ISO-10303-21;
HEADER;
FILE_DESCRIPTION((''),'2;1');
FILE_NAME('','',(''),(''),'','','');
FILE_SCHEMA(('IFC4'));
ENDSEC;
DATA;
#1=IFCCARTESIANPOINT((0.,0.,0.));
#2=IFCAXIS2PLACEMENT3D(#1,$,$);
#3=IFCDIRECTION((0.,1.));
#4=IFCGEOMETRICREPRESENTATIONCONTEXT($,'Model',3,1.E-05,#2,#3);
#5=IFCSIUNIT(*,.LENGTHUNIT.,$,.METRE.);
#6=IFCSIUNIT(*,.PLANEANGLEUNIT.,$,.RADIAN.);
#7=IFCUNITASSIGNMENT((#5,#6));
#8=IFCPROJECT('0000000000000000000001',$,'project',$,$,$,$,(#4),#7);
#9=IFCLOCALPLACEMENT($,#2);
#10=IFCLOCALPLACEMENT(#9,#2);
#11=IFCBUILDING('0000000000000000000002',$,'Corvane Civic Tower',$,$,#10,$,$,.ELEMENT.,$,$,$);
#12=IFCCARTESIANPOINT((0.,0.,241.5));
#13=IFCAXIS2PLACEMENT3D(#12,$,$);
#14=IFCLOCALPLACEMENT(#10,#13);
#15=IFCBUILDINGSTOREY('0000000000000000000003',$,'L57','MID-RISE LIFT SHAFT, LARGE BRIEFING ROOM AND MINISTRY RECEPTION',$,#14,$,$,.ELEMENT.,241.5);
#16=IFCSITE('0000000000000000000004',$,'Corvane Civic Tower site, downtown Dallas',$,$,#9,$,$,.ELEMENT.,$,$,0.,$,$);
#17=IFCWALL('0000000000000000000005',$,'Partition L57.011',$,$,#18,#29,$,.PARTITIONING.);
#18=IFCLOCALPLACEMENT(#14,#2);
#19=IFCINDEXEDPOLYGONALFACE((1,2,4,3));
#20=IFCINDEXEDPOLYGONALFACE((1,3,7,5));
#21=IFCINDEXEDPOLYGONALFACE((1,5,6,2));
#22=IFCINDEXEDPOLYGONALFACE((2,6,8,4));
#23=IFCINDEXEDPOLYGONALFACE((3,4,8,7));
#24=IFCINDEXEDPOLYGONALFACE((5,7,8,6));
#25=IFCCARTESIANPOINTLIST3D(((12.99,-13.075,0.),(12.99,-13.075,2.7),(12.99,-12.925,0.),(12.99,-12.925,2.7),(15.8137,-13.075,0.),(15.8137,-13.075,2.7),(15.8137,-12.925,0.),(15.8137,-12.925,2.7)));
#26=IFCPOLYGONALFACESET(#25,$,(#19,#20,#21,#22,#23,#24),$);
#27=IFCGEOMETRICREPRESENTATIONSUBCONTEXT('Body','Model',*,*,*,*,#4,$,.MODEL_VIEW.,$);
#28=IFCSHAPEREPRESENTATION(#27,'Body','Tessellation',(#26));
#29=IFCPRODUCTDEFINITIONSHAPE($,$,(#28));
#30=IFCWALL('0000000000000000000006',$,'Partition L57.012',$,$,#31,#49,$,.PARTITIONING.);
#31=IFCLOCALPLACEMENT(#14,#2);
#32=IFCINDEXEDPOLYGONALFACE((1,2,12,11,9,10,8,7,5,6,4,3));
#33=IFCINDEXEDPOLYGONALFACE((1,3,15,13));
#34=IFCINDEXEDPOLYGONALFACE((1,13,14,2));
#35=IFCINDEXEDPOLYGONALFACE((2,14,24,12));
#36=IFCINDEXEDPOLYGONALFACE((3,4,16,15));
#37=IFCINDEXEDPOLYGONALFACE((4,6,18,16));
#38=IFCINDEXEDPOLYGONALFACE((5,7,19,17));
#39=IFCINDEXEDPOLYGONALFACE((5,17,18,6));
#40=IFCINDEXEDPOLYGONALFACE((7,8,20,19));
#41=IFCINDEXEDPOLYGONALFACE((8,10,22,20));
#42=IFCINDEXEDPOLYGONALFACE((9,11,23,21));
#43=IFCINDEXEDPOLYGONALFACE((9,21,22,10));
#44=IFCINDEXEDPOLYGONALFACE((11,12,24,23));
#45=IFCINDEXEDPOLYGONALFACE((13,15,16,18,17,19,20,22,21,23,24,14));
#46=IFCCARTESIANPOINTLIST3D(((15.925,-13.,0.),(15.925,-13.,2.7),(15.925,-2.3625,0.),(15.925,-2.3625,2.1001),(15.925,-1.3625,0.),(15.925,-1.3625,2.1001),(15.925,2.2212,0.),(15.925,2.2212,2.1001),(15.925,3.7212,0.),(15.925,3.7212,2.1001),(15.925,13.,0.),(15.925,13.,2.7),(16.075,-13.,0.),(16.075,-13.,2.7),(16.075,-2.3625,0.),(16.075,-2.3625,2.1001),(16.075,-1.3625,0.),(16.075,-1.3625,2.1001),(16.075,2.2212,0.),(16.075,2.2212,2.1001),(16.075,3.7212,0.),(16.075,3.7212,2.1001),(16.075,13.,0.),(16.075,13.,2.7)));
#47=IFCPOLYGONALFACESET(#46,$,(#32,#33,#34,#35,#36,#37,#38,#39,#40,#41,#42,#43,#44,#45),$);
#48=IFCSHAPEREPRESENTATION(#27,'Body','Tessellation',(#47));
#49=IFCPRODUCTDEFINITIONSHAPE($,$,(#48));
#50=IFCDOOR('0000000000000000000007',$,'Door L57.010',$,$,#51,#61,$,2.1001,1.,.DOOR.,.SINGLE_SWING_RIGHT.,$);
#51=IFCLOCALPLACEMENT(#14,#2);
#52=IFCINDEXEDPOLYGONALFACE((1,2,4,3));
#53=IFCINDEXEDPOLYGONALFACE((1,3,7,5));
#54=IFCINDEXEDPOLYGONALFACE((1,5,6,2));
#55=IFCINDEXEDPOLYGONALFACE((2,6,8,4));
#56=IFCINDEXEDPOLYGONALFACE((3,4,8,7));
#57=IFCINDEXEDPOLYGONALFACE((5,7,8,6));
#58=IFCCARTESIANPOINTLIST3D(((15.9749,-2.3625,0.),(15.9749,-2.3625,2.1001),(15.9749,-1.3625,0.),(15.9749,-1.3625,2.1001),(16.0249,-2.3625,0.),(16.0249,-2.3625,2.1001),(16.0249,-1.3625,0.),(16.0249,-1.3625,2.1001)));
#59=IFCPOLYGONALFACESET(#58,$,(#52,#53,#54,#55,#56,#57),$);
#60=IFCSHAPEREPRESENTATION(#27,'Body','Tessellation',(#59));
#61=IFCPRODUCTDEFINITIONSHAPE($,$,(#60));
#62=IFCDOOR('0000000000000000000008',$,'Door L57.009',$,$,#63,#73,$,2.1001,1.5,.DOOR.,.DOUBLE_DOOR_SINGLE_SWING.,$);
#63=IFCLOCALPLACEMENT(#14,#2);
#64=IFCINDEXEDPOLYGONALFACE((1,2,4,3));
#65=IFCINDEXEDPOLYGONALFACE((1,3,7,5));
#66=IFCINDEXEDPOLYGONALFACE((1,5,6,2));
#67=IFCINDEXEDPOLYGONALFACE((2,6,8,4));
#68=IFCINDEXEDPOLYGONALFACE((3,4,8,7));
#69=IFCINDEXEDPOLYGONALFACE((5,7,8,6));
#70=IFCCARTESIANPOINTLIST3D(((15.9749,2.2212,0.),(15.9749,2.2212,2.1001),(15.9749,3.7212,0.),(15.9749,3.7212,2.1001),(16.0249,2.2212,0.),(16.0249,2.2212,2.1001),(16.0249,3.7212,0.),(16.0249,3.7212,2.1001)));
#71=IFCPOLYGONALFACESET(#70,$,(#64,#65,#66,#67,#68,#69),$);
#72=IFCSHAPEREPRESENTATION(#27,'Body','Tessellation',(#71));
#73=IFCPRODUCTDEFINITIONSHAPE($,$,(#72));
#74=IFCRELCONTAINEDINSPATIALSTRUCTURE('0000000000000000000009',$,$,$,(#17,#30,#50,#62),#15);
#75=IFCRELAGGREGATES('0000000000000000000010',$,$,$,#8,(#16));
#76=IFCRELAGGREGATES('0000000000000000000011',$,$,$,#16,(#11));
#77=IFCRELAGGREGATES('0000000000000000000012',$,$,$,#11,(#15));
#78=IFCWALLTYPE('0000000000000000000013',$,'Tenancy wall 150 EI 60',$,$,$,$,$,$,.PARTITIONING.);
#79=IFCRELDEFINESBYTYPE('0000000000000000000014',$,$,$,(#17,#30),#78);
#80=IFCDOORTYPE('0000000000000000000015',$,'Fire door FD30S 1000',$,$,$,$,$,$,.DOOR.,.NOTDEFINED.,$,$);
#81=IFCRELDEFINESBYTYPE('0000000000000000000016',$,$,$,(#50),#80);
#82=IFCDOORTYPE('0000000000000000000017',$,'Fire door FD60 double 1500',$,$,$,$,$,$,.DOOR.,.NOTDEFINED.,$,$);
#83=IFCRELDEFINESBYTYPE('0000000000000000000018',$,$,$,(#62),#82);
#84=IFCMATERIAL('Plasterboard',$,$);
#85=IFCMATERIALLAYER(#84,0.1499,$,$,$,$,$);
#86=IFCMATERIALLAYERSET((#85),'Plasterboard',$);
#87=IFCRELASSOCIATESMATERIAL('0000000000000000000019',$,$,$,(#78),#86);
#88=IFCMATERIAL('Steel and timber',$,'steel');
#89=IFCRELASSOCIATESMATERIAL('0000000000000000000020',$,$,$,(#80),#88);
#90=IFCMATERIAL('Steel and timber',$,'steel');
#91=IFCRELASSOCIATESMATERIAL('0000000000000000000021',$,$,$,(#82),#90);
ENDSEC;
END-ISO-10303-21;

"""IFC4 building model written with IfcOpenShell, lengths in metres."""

from ifc_helpers import new_model, si_unit, direction, frame, frame_2d, origin, place, context, subcontext, project, spatial, rectangle, extrude, material, layer, layer_set, type_object, element, fill, save


model = new_model("IFC4")

# Units and contexts
model_context = context("Model", 3, precision=1e-05, world=origin(), true_north=direction((0.0, 1.0)))
body_context = subcontext(model_context, "Body", "Model", "MODEL_VIEW")
ifc_project = project(units=[si_unit("LENGTHUNIT", "METRE"), si_unit("PLANEANGLEUNIT", "RADIAN")], contexts=[model_context])

# Site, building, storey
site_placement = place(None, origin())
site = spatial("IfcSite", under=ifc_project, at=site_placement, Name="Corvane Civic Tower site, downtown Dallas", CompositionType="ELEMENT", RefElevation=0.0)
building_placement = place(site_placement, origin())
building = spatial("IfcBuilding", under=site, at=building_placement, Name="Corvane Civic Tower", CompositionType="ELEMENT")
storey_placement = place(building_placement, frame((0.0, 0.0, 241.5)))
storey = spatial("IfcBuildingStorey", under=building, at=storey_placement, Name="L57", Description="MID-RISE LIFT SHAFT, LARGE BRIEFING ROOM AND MINISTRY RECEPTION", CompositionType="ELEMENT", Elevation=241.5)

# Wall
ifc_material_1 = material(Name="Plasterboard")
ifc_layer_1 = layer(ifc_material_1, 0.1499)
ifc_layer_set_1 = layer_set([ifc_layer_1], Name="Plasterboard")
wall_type_1 = type_object("IfcWallType", Name="Tenancy wall 150 EI 60", PredefinedType="PARTITIONING", material=ifc_layer_set_1)
wall_1_placement = place(storey_placement, frame((12.99, -13.0, 0.0), z_axis=(0.0, 0.0, 1.0), x_axis=(1.0, 0.0, 0.0)))
element("IfcWall", 1, at=wall_1_placement, inside=storey, type_object=wall_type_1, Name="Partition L57.011", PredefinedType="PARTITIONING", context=body_context, shape_type="SweptSolid", body=[
    extrude(rectangle(XDim=2.8237, YDim=0.1499, at=frame_2d((1.4119, 0.0))), origin(), (0.0, 0.0, 1.0), 2.7),
])

# Wall, openings, doors
wall_2_placement = place(storey_placement, frame((16.0, -13.0, 0.0), z_axis=(0.0, 0.0, 1.0), x_axis=(0.0, 1.0, 0.0)))
wall_2 = element("IfcWall", 2, at=wall_2_placement, inside=storey, type_object=wall_type_1, Name="Partition L57.012", PredefinedType="PARTITIONING", context=body_context, shape_type="SweptSolid", body=[
    extrude(rectangle(XDim=26.0, YDim=0.1499, at=frame_2d((13.0, 0.0))), origin(), (0.0, 0.0, 1.0), 2.7),
])
opening_1_placement = place(wall_2_placement, frame((15.2212, 0.0, 0.0)))
opening_1 = element("IfcOpeningElement", 3, at=opening_1_placement, cuts=wall_2, PredefinedType="OPENING", context=body_context, shape_type="SweptSolid", body=[
    extrude(rectangle(XDim=1.5, YDim=2.1001, at=frame_2d((0.75, 1.05))), frame((0.0, 0.085, 0.0), z_axis=(0.0, -1.0, 0.0), x_axis=(1.0, 0.0, 0.0)), (0.0, 0.0, 1.0), 0.1699),
])
opening_2_placement = place(wall_2_placement, frame((10.6375, 0.0, 0.0)))
opening_2 = element("IfcOpeningElement", 4, at=opening_2_placement, cuts=wall_2, PredefinedType="OPENING", context=body_context, shape_type="SweptSolid", body=[
    extrude(rectangle(XDim=1.0, YDim=2.1001, at=frame_2d((0.5, 1.05))), frame((0.0, 0.085, 0.0), z_axis=(0.0, -1.0, 0.0), x_axis=(1.0, 0.0, 0.0)), (0.0, 0.0, 1.0), 0.1699),
])
ifc_material_2 = material(Name="Steel and timber", Category="steel")
door_type_1 = type_object("IfcDoorType", Name="Fire door FD30S 1000", OperationType="NOTDEFINED", PredefinedType="DOOR", material=ifc_material_2)
door_1_placement = place(opening_2_placement, frame((1.0, 0.0, 0.0), z_axis=(0.0, 0.0, 1.0), x_axis=(-1.0, 0.0, 0.0)))
door_1 = element("IfcDoor", 5, at=door_1_placement, inside=storey, type_object=door_type_1, Name="Door L57.010", OperationType="SINGLE_SWING_RIGHT", OverallHeight=2.1001, OverallWidth=1.0, PredefinedType="DOOR", context=body_context, shape_type="SweptSolid", body=[
    extrude(rectangle(XDim=1.0, YDim=2.1001, at=frame_2d((0.5, 1.05))), frame((0.0, 0.0249, 0.0), z_axis=(0.0, -1.0, 0.0), x_axis=(1.0, 0.0, 0.0)), (0.0, 0.0, 1.0), 0.05),
])
fill(opening_2, door_1)
ifc_material_3 = material(Name="Steel and timber", Category="steel")
door_type_2 = type_object("IfcDoorType", Name="Fire door FD60 double 1500", OperationType="NOTDEFINED", PredefinedType="DOOR", material=ifc_material_3)
door_2_placement = place(opening_1_placement, frame((1.5, 0.0, 0.0), z_axis=(0.0, 0.0, 1.0), x_axis=(-1.0, 0.0, 0.0)))
door_2 = element("IfcDoor", 6, at=door_2_placement, inside=storey, type_object=door_type_2, Name="Door L57.009", OperationType="DOUBLE_DOOR_SINGLE_SWING", OverallHeight=2.1001, OverallWidth=1.5, PredefinedType="DOOR", context=body_context, shape_type="SweptSolid", body=[
    extrude(rectangle(XDim=1.5, YDim=2.1001, at=frame_2d((0.75, 1.05))), frame((0.0, 0.0249, 0.0), z_axis=(0.0, -1.0, 0.0), x_axis=(1.0, 0.0, 0.0)), (0.0, 0.0, 1.0), 0.05),
])
fill(opening_1, door_2)

save(model, "model.ifc")
